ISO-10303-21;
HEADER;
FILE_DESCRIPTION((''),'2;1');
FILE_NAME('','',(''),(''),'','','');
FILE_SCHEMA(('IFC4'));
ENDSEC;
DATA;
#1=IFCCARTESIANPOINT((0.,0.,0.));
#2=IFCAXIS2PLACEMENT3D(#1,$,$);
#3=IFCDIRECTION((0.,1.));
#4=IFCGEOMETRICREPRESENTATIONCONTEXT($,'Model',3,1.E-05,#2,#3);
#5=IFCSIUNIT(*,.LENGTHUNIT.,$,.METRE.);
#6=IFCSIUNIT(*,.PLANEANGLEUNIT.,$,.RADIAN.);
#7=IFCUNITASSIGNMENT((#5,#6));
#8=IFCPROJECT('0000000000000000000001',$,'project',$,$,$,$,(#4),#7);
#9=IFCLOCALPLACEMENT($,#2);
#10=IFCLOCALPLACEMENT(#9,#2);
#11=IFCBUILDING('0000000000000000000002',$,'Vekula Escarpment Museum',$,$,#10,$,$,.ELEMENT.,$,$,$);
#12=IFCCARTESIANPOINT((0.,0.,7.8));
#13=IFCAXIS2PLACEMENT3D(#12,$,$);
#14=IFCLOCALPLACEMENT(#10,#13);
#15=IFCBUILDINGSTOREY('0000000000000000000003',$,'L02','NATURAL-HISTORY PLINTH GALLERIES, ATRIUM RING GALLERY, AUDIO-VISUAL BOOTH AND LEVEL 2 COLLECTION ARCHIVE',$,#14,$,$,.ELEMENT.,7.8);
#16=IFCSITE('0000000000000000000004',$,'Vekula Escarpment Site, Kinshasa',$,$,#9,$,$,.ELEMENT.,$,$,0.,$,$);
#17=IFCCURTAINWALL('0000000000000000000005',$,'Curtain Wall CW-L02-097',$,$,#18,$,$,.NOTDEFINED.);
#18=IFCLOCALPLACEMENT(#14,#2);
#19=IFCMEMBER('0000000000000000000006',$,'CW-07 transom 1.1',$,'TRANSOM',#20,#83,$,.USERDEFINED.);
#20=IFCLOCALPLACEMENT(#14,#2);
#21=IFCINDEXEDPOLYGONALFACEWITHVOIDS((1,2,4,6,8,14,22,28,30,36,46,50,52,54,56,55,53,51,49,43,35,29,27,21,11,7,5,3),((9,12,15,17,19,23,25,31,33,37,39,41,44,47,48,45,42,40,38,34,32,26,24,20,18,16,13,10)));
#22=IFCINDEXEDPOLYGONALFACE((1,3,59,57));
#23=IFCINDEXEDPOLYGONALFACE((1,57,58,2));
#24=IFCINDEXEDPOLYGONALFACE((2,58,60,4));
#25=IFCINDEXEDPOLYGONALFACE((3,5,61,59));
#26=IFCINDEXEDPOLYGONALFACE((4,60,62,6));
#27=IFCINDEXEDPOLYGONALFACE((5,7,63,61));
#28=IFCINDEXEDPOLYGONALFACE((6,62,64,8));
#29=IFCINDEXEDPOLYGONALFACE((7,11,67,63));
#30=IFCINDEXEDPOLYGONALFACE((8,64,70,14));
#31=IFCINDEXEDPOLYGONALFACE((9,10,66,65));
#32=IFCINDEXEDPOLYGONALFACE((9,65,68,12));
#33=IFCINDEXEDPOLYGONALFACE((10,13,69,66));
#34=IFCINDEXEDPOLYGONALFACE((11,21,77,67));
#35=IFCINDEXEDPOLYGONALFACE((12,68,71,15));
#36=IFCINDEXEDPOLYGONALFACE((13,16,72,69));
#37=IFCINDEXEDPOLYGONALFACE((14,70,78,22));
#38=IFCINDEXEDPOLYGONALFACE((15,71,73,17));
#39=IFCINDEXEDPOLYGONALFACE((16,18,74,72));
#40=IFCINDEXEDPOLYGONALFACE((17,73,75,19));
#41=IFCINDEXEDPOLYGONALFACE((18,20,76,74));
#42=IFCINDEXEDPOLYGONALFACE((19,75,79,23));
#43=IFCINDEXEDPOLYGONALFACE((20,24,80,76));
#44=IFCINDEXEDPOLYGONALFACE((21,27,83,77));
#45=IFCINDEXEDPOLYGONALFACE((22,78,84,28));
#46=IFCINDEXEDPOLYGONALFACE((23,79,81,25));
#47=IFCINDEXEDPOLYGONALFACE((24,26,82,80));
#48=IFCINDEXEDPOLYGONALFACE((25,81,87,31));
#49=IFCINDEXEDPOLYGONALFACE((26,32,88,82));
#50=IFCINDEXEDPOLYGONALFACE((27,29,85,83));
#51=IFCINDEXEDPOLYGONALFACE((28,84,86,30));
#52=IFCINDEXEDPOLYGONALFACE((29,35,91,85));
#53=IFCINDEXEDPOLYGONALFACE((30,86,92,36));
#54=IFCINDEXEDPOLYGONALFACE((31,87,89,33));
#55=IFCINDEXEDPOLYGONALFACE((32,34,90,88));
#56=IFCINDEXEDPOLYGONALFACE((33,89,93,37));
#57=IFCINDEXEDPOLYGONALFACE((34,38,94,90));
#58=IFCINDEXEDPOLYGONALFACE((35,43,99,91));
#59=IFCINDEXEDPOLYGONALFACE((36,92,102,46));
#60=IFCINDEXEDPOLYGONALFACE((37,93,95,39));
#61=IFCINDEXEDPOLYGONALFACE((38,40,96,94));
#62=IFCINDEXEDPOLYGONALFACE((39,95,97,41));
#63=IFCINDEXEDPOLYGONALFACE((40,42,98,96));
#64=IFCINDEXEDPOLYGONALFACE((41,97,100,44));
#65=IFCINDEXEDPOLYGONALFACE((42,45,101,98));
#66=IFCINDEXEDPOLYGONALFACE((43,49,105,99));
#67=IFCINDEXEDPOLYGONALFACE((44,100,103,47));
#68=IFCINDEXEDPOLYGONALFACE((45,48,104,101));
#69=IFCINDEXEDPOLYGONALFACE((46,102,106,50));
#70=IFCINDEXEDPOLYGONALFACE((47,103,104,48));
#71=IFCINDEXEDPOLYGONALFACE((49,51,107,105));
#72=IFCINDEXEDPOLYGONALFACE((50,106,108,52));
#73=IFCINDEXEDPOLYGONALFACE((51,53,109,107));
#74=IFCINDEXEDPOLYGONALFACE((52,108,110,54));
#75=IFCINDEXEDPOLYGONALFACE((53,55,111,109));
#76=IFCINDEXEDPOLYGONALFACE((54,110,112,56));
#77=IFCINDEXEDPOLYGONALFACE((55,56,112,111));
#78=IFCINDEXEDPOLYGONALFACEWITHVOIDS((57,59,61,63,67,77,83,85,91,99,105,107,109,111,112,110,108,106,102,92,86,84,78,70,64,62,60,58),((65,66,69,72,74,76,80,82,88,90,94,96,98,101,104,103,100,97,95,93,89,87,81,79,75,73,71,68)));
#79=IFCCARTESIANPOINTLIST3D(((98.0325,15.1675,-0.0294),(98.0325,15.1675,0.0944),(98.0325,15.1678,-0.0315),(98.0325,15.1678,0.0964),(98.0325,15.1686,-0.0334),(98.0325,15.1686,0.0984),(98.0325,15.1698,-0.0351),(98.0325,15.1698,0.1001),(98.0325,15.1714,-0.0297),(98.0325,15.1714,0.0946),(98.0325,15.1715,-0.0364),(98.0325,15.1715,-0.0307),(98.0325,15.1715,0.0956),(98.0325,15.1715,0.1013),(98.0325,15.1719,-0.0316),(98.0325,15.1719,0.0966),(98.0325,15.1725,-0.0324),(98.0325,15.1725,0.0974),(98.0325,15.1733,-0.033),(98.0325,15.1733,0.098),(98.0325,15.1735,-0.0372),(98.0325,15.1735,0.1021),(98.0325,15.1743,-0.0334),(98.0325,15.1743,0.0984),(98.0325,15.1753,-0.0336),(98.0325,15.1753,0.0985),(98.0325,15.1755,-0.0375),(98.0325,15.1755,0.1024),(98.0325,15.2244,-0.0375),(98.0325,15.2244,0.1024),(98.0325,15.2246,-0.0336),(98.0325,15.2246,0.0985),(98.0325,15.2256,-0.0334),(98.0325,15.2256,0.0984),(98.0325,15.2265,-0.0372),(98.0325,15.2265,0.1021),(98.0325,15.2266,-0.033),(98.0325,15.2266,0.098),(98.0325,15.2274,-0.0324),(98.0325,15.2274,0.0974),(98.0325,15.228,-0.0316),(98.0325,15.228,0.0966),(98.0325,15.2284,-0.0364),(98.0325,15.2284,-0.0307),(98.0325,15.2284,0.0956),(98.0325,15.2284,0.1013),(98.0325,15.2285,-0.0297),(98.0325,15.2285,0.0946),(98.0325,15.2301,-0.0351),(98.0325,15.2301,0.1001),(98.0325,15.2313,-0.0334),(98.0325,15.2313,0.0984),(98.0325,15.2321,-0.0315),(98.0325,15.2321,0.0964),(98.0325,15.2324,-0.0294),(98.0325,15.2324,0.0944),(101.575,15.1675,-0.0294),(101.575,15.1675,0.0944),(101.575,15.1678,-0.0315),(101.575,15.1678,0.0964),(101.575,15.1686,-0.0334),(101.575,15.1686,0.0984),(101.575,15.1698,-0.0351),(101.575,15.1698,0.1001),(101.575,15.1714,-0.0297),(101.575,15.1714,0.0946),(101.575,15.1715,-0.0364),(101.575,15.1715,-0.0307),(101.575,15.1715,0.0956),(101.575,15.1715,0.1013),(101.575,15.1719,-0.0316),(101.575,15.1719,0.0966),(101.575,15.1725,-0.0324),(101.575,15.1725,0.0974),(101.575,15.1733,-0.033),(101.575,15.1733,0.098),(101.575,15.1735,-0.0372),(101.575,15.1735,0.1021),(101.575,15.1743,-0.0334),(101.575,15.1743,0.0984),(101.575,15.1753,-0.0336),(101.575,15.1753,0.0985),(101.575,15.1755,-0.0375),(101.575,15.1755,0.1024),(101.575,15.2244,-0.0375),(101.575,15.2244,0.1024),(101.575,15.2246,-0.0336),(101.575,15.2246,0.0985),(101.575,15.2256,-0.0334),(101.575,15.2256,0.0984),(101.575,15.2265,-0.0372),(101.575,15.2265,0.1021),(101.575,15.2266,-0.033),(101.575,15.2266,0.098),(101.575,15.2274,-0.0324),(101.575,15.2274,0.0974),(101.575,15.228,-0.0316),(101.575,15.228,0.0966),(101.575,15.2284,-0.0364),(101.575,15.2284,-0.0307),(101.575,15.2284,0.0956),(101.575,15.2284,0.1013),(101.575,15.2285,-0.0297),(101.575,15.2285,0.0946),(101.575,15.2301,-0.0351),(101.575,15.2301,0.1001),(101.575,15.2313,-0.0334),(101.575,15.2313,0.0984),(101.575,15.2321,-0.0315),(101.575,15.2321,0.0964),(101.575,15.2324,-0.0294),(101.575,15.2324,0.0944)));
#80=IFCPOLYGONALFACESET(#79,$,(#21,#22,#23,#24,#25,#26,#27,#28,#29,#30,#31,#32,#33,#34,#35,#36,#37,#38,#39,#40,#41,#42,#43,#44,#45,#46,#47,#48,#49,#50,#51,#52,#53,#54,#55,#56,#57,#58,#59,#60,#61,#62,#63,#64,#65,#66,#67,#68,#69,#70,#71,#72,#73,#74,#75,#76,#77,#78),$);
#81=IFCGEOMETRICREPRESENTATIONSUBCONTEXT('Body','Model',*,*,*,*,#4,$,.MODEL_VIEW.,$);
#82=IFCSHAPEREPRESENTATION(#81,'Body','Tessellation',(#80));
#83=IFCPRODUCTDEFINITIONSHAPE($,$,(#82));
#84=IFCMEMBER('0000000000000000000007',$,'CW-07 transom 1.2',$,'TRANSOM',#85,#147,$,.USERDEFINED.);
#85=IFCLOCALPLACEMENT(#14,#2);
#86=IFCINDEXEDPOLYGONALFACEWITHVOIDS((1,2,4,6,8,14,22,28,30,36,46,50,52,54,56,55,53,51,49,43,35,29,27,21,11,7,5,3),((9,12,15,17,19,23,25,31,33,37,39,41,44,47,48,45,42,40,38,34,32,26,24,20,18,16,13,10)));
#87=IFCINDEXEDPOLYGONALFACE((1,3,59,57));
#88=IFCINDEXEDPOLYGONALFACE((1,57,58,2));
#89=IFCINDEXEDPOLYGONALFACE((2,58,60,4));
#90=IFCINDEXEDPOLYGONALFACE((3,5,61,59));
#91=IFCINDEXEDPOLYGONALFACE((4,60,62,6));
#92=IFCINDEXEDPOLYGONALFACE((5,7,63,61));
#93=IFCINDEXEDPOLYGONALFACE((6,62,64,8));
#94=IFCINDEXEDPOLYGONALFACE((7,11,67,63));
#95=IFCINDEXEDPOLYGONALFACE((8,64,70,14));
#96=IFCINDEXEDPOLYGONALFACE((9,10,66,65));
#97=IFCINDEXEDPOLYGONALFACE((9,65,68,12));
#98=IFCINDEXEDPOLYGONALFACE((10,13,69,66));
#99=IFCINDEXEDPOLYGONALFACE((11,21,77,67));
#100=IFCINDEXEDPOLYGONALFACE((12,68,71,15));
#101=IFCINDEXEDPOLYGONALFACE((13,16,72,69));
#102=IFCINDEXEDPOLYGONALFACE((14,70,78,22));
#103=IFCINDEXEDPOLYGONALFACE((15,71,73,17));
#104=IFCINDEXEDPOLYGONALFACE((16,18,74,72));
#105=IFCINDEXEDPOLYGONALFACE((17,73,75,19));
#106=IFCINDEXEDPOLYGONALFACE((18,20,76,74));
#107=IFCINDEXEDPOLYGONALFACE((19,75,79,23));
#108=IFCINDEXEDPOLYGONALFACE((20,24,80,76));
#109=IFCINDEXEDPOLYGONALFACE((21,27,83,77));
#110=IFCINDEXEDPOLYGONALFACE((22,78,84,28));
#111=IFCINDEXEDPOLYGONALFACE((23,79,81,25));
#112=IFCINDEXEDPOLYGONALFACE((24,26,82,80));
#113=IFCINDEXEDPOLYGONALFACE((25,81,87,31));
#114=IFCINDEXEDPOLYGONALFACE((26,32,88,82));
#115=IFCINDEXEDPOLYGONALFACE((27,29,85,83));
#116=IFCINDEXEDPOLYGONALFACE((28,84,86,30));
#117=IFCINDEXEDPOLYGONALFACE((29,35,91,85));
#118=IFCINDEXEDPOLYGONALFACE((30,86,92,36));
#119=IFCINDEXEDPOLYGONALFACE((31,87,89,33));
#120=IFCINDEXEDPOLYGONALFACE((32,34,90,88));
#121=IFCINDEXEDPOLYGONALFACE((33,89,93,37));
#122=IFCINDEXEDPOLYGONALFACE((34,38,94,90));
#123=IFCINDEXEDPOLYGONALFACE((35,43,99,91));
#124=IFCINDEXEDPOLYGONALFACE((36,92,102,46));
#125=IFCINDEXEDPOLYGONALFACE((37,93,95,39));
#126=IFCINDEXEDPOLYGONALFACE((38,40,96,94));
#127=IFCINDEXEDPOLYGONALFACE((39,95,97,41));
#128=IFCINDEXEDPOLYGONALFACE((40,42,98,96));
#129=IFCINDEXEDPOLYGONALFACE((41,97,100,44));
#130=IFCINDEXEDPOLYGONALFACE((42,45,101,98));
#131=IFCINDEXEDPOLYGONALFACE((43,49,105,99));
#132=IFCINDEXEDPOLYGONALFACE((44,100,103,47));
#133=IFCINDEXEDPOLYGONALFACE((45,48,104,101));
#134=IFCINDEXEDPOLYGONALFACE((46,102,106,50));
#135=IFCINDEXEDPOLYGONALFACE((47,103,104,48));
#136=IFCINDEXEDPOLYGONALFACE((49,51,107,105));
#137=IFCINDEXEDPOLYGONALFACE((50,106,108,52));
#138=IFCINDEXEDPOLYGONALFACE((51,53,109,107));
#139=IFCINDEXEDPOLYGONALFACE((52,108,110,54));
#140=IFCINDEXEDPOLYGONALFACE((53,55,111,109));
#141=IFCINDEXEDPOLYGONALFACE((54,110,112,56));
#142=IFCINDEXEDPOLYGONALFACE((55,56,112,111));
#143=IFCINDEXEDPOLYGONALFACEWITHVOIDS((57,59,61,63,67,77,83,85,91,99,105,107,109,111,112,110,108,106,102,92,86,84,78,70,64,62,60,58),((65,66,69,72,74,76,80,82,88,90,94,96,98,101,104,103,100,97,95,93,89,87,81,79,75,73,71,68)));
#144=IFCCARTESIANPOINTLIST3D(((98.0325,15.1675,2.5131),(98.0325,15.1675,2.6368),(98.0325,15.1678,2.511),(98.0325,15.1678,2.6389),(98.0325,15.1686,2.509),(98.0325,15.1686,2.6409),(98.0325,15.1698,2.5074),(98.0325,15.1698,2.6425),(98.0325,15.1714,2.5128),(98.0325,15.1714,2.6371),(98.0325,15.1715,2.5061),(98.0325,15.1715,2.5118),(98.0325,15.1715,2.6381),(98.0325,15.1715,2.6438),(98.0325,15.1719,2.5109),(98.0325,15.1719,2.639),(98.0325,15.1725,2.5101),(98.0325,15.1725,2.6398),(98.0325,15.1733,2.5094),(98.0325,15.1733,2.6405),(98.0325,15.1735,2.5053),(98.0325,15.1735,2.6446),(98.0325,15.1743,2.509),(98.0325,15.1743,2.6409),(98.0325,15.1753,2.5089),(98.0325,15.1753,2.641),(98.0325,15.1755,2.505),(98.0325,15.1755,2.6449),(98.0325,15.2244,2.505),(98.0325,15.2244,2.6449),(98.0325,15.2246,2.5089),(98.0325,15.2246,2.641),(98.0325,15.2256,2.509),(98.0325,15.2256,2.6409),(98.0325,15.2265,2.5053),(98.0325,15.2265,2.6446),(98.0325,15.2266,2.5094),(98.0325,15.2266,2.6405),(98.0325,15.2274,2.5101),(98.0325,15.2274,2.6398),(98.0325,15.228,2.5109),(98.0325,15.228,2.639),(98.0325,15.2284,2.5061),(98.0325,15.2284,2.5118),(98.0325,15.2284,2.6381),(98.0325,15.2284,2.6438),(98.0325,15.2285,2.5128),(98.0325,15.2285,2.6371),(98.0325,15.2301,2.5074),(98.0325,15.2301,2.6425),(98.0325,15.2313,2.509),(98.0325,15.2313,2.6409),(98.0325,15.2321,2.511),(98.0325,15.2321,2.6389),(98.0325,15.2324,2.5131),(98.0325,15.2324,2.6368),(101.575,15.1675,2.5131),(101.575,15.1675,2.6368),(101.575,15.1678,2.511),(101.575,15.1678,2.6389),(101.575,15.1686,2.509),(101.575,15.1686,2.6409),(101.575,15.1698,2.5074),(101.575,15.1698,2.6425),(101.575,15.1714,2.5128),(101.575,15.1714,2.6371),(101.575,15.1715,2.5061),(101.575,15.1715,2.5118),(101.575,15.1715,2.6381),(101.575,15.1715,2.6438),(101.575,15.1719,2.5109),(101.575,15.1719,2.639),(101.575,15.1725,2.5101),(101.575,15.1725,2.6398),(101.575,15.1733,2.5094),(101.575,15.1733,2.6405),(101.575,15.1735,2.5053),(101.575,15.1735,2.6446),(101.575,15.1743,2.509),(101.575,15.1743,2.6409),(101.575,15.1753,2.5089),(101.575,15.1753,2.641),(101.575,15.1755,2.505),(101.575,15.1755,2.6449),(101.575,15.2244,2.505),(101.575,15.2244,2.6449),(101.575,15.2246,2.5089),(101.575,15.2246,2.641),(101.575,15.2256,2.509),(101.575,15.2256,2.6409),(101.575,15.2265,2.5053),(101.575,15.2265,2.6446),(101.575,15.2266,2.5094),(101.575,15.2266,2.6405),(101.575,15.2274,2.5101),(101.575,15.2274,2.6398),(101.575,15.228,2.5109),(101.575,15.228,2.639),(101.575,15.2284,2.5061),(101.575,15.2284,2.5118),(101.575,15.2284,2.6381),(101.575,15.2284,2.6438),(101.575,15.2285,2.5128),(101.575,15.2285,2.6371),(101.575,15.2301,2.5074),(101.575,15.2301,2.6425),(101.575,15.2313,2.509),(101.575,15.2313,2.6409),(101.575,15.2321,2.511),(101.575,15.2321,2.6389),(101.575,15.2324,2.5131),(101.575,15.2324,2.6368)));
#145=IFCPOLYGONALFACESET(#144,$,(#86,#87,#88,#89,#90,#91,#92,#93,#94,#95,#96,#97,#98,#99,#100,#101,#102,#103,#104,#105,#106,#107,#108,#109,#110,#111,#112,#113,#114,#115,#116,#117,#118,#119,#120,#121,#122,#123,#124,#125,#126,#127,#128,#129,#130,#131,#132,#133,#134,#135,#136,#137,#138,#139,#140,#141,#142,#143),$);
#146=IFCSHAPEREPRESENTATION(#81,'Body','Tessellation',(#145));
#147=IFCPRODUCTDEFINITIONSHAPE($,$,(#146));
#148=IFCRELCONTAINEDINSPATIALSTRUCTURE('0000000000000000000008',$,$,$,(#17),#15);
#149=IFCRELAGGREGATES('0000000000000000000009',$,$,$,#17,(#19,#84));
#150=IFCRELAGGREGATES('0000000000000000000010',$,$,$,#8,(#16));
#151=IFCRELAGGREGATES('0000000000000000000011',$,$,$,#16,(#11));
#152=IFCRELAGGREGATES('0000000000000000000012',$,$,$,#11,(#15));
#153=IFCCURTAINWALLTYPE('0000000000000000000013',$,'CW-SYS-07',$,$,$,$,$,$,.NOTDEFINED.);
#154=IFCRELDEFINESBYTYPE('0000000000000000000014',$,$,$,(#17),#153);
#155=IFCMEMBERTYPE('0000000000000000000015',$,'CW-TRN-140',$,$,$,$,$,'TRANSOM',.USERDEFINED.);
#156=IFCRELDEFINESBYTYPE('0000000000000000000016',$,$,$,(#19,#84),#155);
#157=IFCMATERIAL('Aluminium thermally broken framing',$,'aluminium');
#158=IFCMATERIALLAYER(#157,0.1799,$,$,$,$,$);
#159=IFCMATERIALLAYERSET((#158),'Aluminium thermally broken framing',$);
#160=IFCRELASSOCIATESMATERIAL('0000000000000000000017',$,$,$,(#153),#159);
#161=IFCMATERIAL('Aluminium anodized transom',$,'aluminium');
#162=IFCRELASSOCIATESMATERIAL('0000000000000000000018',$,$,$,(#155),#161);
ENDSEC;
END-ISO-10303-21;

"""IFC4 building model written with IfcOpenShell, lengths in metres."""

from ifc_helpers import new_model, si_unit, direction, frame, origin, origin_2d, place, context, subcontext, project, spatial, hollow_rectangle, extrude, material, layer, layer_set, material_profile, profile_set, type_object, element, aggregate, save


model = new_model("IFC4")

# Units and contexts
model_context = context("Model", 3, precision=1e-05, world=origin(), true_north=direction((0.0, 1.0)))
body_context = subcontext(model_context, "Body", "Model", "MODEL_VIEW")
ifc_project = project(units=[si_unit("LENGTHUNIT", "METRE"), si_unit("PLANEANGLEUNIT", "RADIAN")], contexts=[model_context])

# Site, building, storey
site_placement = place(None, origin())
site = spatial("IfcSite", under=ifc_project, at=site_placement, Name="Vekula Escarpment Site, Kinshasa", CompositionType="ELEMENT", RefElevation=0.0)
building_placement = place(site_placement, origin())
building = spatial("IfcBuilding", under=site, at=building_placement, Name="Vekula Escarpment Museum", CompositionType="ELEMENT")
storey_placement = place(building_placement, frame((0.0, 0.0, 7.8)))
storey = spatial("IfcBuildingStorey", under=building, at=storey_placement, Name="L02", Description="NATURAL-HISTORY PLINTH GALLERIES, ATRIUM RING GALLERY, AUDIO-VISUAL BOOTH AND LEVEL 2 COLLECTION ARCHIVE", CompositionType="ELEMENT", Elevation=7.8)

# Curtain wall
ifc_material_1 = material(Name="Aluminium thermally broken framing", Category="aluminium")
ifc_layer_1 = layer(ifc_material_1, 0.1799)
ifc_layer_set_1 = layer_set([ifc_layer_1], Name="Aluminium thermally broken framing")
curtain_wall_type_1 = type_object("IfcCurtainWallType", Name="CW-SYS-07", PredefinedType="NOTDEFINED", material=ifc_layer_set_1)
curtain_wall_1_placement = place(storey_placement, origin())
curtain_wall_1 = element("IfcCurtainWall", 1, at=curtain_wall_1_placement, inside=storey, type_object=curtain_wall_type_1, Name="Curtain Wall CW-L02-097", PredefinedType="NOTDEFINED")

# Members
ifc_material_2 = material(Name="Aluminium anodized transom", Category="aluminium")
ifc_material_profile_1 = material_profile(ifc_material_2, hollow_rectangle(XDim=0.0649, YDim=0.1399, WallThickness=0.0039, InnerFilletRadius=0.0039, OuterFilletRadius=0.0081, at=origin_2d()), Name="ALU 140x65x4")
ifc_profile_set_1 = profile_set([ifc_material_profile_1], Name="Aluminium anodized transom")
member_type_1 = type_object("IfcMemberType", Name="CW-TRN-140", ElementType="TRANSOM", PredefinedType="USERDEFINED", material=ifc_profile_set_1)
member_1_placement = place(storey_placement, frame((101.575, 15.2, 0.0325), z_axis=(-1.0, 0.0, 0.0), x_axis=(0.0, -1.0, 0.0)))
member_1 = element("IfcMember", 2, at=member_1_placement, type_object=member_type_1, Name="CW-07 transom 1.1", ObjectType="TRANSOM", PredefinedType="USERDEFINED", context=body_context, shape_type="SweptSolid", body=[
    extrude(hollow_rectangle(XDim=0.0649, YDim=0.1399, WallThickness=0.0039, InnerFilletRadius=0.0039, OuterFilletRadius=0.0081, at=origin_2d()), origin(), (0.0, 0.0, 1.0), 3.5425),
])
member_2_placement = place(storey_placement, frame((101.575, 15.2, 2.575), z_axis=(-1.0, 0.0, 0.0), x_axis=(0.0, -1.0, 0.0)))
member_2 = element("IfcMember", 3, at=member_2_placement, type_object=member_type_1, Name="CW-07 transom 1.2", ObjectType="TRANSOM", PredefinedType="USERDEFINED", context=body_context, shape_type="SweptSolid", body=[
    extrude(hollow_rectangle(XDim=0.0649, YDim=0.1399, WallThickness=0.0039, InnerFilletRadius=0.0039, OuterFilletRadius=0.0081, at=origin_2d()), origin(), (0.0, 0.0, 1.0), 3.5425),
])

aggregate(curtain_wall_1, [member_1, member_2])

save(model, "model.ifc")
